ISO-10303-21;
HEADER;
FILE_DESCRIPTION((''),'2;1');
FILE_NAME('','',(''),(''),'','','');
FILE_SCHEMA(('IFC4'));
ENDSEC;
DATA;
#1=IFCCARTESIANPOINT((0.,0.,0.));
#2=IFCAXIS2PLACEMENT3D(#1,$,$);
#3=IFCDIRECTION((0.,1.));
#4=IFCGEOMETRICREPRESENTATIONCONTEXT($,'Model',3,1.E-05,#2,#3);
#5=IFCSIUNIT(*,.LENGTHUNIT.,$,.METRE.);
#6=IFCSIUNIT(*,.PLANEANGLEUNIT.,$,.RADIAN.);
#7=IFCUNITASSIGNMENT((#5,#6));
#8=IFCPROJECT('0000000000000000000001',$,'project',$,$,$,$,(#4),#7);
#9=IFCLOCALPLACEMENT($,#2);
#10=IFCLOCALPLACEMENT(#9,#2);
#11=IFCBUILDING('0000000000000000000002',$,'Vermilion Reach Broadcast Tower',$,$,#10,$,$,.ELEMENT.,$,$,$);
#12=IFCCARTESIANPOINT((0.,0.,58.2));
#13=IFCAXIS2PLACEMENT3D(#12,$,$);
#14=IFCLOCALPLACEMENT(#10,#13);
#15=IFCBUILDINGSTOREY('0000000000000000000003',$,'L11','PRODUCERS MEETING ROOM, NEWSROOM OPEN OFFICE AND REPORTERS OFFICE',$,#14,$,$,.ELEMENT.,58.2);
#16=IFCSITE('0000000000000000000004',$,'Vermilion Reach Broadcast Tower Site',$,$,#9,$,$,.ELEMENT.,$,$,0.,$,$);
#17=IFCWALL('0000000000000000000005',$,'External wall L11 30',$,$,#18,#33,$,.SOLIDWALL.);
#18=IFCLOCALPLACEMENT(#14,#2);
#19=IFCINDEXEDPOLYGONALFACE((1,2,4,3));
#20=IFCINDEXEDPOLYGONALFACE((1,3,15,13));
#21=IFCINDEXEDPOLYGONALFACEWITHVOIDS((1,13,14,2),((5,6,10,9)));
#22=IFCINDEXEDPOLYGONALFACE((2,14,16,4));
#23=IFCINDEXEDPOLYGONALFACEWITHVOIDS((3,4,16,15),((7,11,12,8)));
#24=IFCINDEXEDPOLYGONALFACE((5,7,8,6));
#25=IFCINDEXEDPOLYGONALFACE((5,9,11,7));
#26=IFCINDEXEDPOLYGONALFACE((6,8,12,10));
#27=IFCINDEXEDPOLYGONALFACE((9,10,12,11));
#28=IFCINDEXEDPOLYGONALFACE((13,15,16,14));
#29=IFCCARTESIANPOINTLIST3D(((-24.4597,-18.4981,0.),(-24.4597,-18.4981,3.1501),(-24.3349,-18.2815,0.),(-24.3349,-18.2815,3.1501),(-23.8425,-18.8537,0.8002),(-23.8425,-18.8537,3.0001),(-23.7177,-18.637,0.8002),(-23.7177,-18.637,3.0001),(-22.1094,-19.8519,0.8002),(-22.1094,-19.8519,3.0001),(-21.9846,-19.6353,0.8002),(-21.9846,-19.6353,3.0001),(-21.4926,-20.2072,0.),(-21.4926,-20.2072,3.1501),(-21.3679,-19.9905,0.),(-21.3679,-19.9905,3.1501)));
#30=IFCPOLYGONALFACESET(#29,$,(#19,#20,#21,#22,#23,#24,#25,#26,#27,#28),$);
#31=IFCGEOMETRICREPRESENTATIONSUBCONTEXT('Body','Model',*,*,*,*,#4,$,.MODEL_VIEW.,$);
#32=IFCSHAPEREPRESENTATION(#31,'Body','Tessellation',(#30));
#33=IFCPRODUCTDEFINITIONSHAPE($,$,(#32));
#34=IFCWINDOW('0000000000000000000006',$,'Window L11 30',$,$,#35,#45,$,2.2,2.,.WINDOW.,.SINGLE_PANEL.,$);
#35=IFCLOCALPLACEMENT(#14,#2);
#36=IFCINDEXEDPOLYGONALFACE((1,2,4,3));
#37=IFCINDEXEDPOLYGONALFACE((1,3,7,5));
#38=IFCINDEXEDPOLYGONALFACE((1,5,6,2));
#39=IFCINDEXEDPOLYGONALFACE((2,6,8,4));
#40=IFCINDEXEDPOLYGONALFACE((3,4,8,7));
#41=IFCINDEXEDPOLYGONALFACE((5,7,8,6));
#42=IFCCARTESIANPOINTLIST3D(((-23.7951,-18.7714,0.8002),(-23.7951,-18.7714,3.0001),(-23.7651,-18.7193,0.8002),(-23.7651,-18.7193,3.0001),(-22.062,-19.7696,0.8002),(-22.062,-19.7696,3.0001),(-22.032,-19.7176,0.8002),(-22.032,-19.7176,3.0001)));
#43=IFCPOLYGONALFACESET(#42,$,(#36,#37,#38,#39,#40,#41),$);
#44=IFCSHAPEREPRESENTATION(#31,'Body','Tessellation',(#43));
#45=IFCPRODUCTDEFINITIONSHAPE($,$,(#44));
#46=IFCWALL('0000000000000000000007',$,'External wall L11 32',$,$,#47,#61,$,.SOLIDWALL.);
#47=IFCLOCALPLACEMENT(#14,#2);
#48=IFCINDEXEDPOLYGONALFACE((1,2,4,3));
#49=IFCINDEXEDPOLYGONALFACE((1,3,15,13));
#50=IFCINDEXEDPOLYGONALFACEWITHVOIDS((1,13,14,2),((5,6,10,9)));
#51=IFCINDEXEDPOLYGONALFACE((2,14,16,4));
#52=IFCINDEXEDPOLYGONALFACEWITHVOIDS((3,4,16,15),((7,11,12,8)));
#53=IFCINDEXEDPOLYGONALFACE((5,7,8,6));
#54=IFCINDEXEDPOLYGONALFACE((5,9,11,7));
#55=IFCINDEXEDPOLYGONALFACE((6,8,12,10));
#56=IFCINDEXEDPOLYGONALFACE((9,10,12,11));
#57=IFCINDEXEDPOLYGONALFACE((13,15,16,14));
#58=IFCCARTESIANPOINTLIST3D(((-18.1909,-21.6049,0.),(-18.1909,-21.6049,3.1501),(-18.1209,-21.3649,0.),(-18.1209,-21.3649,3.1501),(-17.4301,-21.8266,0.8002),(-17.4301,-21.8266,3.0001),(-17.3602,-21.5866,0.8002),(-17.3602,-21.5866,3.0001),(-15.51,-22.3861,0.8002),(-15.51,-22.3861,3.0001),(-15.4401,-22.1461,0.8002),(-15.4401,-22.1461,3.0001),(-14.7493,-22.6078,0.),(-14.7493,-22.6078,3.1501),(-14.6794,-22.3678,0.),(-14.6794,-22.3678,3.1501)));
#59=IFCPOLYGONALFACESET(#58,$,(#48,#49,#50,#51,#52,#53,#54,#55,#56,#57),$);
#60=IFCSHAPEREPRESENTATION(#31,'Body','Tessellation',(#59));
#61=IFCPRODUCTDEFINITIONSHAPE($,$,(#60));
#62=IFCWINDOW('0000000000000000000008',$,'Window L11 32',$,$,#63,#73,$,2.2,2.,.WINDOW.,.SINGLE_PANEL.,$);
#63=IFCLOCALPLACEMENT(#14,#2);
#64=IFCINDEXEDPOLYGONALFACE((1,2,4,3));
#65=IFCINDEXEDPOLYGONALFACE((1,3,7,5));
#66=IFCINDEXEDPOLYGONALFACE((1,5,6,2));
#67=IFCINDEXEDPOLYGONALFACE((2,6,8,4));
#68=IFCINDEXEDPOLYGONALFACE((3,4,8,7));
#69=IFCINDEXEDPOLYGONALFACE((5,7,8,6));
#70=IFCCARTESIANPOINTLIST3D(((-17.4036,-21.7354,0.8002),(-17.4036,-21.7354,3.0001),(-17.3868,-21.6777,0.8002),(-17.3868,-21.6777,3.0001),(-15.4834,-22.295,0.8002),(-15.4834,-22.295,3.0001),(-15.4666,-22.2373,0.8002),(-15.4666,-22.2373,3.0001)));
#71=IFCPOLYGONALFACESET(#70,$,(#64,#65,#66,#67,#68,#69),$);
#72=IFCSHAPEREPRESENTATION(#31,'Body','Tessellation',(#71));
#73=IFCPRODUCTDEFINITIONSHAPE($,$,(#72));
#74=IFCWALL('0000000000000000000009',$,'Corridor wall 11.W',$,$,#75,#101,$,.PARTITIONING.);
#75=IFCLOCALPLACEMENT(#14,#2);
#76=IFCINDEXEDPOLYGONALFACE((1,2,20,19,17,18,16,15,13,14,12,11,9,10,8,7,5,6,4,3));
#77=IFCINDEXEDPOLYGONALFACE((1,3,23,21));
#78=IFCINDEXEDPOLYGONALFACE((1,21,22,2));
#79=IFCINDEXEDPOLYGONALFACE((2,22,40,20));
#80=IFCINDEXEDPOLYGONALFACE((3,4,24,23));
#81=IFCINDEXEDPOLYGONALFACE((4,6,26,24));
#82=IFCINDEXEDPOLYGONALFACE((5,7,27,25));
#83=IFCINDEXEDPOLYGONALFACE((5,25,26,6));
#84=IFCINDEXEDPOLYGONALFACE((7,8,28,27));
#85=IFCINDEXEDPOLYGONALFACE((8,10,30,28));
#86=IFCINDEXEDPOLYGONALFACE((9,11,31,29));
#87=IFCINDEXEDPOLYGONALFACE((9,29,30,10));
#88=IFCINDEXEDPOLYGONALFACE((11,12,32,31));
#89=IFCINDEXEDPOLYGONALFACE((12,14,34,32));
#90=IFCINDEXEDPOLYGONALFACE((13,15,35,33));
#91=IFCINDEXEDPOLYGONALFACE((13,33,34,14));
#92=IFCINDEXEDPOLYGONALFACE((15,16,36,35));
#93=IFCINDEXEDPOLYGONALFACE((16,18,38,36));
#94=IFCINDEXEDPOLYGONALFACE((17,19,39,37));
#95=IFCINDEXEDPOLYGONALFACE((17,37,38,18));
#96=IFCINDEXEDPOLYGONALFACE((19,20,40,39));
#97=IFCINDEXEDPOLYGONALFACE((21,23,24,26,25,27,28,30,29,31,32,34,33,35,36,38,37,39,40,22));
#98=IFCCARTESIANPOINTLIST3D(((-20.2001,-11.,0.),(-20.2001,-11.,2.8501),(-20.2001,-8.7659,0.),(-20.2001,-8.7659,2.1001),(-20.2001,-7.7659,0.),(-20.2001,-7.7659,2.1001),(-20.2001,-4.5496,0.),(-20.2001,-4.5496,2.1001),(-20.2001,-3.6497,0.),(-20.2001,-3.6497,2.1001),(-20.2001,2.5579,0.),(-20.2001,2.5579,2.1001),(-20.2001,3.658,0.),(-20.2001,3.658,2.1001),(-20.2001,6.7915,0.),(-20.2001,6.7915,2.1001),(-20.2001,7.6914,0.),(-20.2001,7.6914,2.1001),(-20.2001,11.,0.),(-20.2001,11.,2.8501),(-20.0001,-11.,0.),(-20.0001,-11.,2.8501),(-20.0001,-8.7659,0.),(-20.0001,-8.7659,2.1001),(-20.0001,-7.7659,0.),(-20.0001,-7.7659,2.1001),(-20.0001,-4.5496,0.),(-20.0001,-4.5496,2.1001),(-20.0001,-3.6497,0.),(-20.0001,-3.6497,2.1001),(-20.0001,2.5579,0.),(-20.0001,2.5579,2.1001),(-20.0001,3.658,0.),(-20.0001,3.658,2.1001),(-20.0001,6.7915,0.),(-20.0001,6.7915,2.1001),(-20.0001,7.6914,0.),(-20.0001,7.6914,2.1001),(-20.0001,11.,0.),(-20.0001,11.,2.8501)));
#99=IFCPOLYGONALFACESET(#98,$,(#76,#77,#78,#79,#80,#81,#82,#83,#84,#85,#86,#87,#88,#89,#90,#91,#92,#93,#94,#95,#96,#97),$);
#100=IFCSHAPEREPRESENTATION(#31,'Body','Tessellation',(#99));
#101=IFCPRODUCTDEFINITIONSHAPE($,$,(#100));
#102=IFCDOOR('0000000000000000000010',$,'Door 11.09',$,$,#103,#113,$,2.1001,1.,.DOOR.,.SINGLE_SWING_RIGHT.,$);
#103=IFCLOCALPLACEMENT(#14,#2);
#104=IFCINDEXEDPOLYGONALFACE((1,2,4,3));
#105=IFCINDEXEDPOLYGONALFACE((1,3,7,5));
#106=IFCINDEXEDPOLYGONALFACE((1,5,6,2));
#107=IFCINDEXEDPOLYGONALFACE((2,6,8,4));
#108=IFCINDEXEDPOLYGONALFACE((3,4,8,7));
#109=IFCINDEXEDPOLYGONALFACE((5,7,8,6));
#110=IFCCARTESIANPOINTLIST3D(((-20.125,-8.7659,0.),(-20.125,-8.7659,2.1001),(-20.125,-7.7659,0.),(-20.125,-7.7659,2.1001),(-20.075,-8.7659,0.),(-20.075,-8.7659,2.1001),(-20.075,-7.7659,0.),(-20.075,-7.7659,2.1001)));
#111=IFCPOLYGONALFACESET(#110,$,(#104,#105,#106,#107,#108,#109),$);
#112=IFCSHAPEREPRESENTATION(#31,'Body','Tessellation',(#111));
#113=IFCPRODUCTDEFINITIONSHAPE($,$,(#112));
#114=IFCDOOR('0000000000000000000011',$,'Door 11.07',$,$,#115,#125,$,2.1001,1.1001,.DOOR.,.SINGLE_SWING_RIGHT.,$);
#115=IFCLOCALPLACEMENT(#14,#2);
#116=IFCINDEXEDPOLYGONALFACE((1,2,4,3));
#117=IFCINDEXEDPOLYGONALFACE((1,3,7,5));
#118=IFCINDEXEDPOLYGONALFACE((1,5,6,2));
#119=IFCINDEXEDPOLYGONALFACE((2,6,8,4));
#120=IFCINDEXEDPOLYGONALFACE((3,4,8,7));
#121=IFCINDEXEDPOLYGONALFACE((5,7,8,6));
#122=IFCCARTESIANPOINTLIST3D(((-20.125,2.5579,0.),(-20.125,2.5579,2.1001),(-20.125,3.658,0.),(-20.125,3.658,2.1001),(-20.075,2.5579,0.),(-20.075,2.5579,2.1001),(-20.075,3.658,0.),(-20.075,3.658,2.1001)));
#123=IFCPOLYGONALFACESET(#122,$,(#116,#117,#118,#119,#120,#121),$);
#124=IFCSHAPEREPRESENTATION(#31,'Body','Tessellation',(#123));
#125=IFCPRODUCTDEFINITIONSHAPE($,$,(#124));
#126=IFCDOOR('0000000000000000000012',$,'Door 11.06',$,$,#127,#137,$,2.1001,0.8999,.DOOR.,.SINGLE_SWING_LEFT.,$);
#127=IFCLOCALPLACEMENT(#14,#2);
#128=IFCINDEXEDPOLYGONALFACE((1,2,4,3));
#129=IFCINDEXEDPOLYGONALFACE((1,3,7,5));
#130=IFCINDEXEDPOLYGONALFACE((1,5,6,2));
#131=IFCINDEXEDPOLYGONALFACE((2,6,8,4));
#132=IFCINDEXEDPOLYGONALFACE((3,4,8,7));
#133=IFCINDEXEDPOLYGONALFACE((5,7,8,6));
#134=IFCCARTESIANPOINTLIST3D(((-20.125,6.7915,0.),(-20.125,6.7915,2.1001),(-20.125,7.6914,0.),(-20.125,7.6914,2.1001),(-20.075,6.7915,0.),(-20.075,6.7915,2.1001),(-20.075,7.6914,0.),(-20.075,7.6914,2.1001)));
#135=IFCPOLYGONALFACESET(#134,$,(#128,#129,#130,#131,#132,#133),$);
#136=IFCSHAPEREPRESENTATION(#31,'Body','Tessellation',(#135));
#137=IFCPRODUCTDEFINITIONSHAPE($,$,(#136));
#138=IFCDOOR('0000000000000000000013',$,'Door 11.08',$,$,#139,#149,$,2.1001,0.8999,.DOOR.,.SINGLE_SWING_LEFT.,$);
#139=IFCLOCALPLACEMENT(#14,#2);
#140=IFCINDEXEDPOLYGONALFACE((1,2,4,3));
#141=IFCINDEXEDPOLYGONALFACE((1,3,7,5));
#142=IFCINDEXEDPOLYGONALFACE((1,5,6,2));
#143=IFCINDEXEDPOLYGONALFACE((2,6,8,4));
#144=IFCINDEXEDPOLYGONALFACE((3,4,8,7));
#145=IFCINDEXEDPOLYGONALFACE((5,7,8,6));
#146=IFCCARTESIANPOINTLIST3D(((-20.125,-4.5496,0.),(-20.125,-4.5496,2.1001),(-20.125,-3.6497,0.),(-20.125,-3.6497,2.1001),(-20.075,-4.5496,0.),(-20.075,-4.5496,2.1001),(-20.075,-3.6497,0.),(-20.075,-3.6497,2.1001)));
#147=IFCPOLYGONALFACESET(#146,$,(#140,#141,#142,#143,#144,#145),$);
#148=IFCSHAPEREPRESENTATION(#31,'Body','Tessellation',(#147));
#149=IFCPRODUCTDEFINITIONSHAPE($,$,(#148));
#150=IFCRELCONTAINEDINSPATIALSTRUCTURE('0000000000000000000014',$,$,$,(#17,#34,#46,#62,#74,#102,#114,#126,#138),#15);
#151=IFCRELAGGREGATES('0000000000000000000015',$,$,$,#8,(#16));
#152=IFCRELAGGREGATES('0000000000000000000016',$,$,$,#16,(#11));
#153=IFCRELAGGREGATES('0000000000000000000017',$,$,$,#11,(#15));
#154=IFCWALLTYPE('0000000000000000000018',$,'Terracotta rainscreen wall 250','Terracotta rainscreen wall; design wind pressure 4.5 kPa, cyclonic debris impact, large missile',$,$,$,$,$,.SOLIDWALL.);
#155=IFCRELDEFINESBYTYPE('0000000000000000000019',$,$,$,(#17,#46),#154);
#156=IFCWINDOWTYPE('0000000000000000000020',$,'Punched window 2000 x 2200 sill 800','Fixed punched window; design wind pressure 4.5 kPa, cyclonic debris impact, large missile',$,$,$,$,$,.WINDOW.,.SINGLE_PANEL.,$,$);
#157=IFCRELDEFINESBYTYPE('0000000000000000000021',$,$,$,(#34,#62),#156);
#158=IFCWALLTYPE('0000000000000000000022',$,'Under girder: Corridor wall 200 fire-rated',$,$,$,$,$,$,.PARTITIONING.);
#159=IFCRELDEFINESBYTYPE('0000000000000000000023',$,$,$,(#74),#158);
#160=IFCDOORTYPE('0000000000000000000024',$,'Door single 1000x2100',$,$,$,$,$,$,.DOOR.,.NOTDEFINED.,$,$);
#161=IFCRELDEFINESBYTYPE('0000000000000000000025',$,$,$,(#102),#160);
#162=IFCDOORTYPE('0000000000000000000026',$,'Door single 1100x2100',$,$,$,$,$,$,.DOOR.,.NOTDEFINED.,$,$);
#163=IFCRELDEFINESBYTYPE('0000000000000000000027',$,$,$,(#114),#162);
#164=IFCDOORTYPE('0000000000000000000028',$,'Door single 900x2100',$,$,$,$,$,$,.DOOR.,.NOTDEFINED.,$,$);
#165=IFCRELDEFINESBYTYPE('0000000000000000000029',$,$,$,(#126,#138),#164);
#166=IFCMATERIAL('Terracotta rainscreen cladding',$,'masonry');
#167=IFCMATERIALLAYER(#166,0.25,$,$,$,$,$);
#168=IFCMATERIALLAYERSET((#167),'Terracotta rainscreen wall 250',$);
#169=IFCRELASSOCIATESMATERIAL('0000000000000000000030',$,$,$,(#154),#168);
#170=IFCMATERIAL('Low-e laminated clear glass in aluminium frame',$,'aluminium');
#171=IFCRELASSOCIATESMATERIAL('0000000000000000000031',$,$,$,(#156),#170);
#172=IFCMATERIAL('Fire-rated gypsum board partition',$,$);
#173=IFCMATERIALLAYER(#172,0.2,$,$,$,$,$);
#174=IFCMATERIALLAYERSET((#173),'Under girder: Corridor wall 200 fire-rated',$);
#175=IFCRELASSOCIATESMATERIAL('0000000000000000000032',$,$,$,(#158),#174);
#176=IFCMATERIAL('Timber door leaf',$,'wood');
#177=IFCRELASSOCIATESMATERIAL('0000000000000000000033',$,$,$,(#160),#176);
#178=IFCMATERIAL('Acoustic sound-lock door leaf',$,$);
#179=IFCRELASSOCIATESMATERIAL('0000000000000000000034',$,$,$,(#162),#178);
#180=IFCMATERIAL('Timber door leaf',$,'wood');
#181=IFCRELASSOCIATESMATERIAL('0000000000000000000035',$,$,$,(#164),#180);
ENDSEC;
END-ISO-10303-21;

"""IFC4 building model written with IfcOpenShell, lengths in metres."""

from ifc_helpers import new_model, si_unit, direction, frame, frame_2d, origin, place, context, subcontext, project, spatial, rectangle, extrude, material, layer, layer_set, type_object, element, fill, save


model = new_model("IFC4")

# Units and contexts
model_context = context("Model", 3, precision=1e-05, world=origin(), true_north=direction((0.0, 1.0)))
body_context = subcontext(model_context, "Body", "Model", "MODEL_VIEW")
ifc_project = project(units=[si_unit("LENGTHUNIT", "METRE"), si_unit("PLANEANGLEUNIT", "RADIAN")], contexts=[model_context])

# Site, building, storey
site_placement = place(None, origin())
site = spatial("IfcSite", under=ifc_project, at=site_placement, Name="Vermilion Reach Broadcast Tower Site", CompositionType="ELEMENT", RefElevation=0.0)
building_placement = place(site_placement, origin())
building = spatial("IfcBuilding", under=site, at=building_placement, Name="Vermilion Reach Broadcast Tower", CompositionType="ELEMENT")
storey_placement = place(building_placement, frame((0.0, 0.0, 58.2)))
storey = spatial("IfcBuildingStorey", under=building, at=storey_placement, Name="L11", Description="PRODUCERS MEETING ROOM, NEWSROOM OPEN OFFICE AND REPORTERS OFFICE", CompositionType="ELEMENT", Elevation=58.2)

# Shared definitions
ifc_material_1 = material(Name="Terracotta rainscreen cladding", Category="masonry")
ifc_layer_1 = layer(ifc_material_1, 0.25)
ifc_layer_set_1 = layer_set([ifc_layer_1], Name="Terracotta rainscreen wall 250")
wall_type_1 = type_object("IfcWallType", Name="Terracotta rainscreen wall 250", Description="Terracotta rainscreen wall; design wind pressure 4.5 kPa, cyclonic debris impact, large missile", PredefinedType="SOLIDWALL", material=ifc_layer_set_1)

# Wall, opening, window
ifc_material_2 = material(Name="Low-e laminated clear glass in aluminium frame", Category="aluminium")
window_type = type_object("IfcWindowType", Name="Punched window 2000 x 2200 sill 800", Description="Fixed punched window; design wind pressure 4.5 kPa, cyclonic debris impact, large missile", PartitioningType="SINGLE_PANEL", PredefinedType="WINDOW", material=ifc_material_2)
wall_1_placement = place(storey_placement, frame((-24.3972, -18.3899, 0.0), z_axis=(0.0, 0.0, 1.0), x_axis=(0.866536, -0.499115, 0.0)))
wall_1 = element("IfcWall", 1, at=wall_1_placement, inside=storey, type_object=wall_type_1, Name="External wall L11 30", PredefinedType="SOLIDWALL", context=body_context, shape_type="SweptSolid", body=[
    extrude(rectangle(XDim=3.4241, YDim=0.25, at=frame_2d((1.7119, 0.0))), origin(), (0.0, 0.0, 1.0), 3.1501),
])
opening_1_placement = place(wall_1_placement, frame((0.7122, 0.0, 0.8)))
opening_1 = element("IfcOpeningElement", 2, at=opening_1_placement, cuts=wall_1, PredefinedType="OPENING", context=body_context, shape_type="SweptSolid", body=[
    extrude(rectangle(XDim=2.0, YDim=2.2, at=frame_2d((1.0, 1.1001))), frame((0.0, 0.135, 0.0), z_axis=(0.0, -1.0, 0.0), x_axis=(1.0, 0.0, 0.0)), (0.0, 0.0, 1.0), 0.27),
])
window_1_placement = place(opening_1_placement, origin())
window_1 = element("IfcWindow", 3, at=window_1_placement, inside=storey, type_object=window_type, Name="Window L11 30", OverallHeight=2.2, OverallWidth=2.0, PartitioningType="SINGLE_PANEL", PredefinedType="WINDOW", context=body_context, shape_type="SweptSolid", body=[
    extrude(rectangle(XDim=2.0, YDim=2.2, at=frame_2d((1.0, 1.1001))), frame((0.0, 0.03, 0.0), z_axis=(0.0, -1.0, 0.0), x_axis=(1.0, 0.0, 0.0)), (0.0, 0.0, 1.0), 0.0601),
])
fill(opening_1, window_1)

# Wall, opening, window
wall_2_placement = place(storey_placement, frame((-18.156, -21.4849, 0.0), z_axis=(0.0, 0.0, 1.0), x_axis=(0.960066, -0.279772, 0.0)))
wall_2 = element("IfcWall", 4, at=wall_2_placement, inside=storey, type_object=wall_type_1, Name="External wall L11 32", PredefinedType="SOLIDWALL", context=body_context, shape_type="SweptSolid", body=[
    extrude(rectangle(XDim=3.5847, YDim=0.25, at=frame_2d((1.7925, 0.0))), origin(), (0.0, 0.0, 1.0), 3.1501),
])
opening_2_placement = place(wall_2_placement, frame((0.7925, 0.0, 0.8)))
opening_2 = element("IfcOpeningElement", 5, at=opening_2_placement, cuts=wall_2, PredefinedType="OPENING", context=body_context, shape_type="SweptSolid", body=[
    extrude(rectangle(XDim=2.0, YDim=2.2, at=frame_2d((1.0, 1.1001))), frame((0.0, 0.135, 0.0), z_axis=(0.0, -1.0, 0.0), x_axis=(1.0, 0.0, 0.0)), (0.0, 0.0, 1.0), 0.27),
])
window_2_placement = place(opening_2_placement, origin())
window_2 = element("IfcWindow", 6, at=window_2_placement, inside=storey, type_object=window_type, Name="Window L11 32", OverallHeight=2.2, OverallWidth=2.0, PartitioningType="SINGLE_PANEL", PredefinedType="WINDOW", context=body_context, shape_type="SweptSolid", body=[
    extrude(rectangle(XDim=2.0, YDim=2.2, at=frame_2d((1.0, 1.1001))), frame((0.0, 0.03, 0.0), z_axis=(0.0, -1.0, 0.0), x_axis=(1.0, 0.0, 0.0)), (0.0, 0.0, 1.0), 0.0601),
])
fill(opening_2, window_2)

# Wall, openings, doors
ifc_material_3 = material(Name="Fire-rated gypsum board partition")
ifc_layer_2 = layer(ifc_material_3, 0.2)
ifc_layer_set_2 = layer_set([ifc_layer_2], Name="Under girder: Corridor wall 200 fire-rated")
wall_type_2 = type_object("IfcWallType", Name="Under girder: Corridor wall 200 fire-rated", PredefinedType="PARTITIONING", material=ifc_layer_set_2)
wall_3_placement = place(storey_placement, frame((-20.1001, -11.0, 0.0), z_axis=(0.0, 0.0, 1.0), x_axis=(0.0, 1.0, 0.0)))
wall_3 = element("IfcWall", 7, at=wall_3_placement, inside=storey, type_object=wall_type_2, Name="Corridor wall 11.W", PredefinedType="PARTITIONING", context=body_context, shape_type="SweptSolid", body=[
    extrude(rectangle(XDim=22.0, YDim=0.2, at=frame_2d((11.0, 0.0))), origin(), (0.0, 0.0, 1.0), 2.8501),
])
opening_3_placement = place(wall_3_placement, frame((17.7915, 0.0, 0.0)))
opening_3 = element("IfcOpeningElement", 8, at=opening_3_placement, cuts=wall_3, PredefinedType="OPENING", context=body_context, shape_type="SweptSolid", body=[
    extrude(rectangle(XDim=0.8999, YDim=2.1001, at=frame_2d((0.45, 1.05))), frame((0.0, 0.1099, 0.0), z_axis=(0.0, -1.0, 0.0), x_axis=(1.0, 0.0, 0.0)), (0.0, 0.0, 1.0), 0.22),
])
opening_4_placement = place(wall_3_placement, frame((13.5579, 0.0, 0.0)))
opening_4 = element("IfcOpeningElement", 9, at=opening_4_placement, cuts=wall_3, PredefinedType="OPENING", context=body_context, shape_type="SweptSolid", body=[
    extrude(rectangle(XDim=1.1001, YDim=2.1001, at=frame_2d((0.55, 1.05))), frame((0.0, 0.1099, 0.0), z_axis=(0.0, -1.0, 0.0), x_axis=(1.0, 0.0, 0.0)), (0.0, 0.0, 1.0), 0.22),
])
opening_5_placement = place(wall_3_placement, frame((6.4504, 0.0, 0.0)))
opening_5 = element("IfcOpeningElement", 10, at=opening_5_placement, cuts=wall_3, PredefinedType="OPENING", context=body_context, shape_type="SweptSolid", body=[
    extrude(rectangle(XDim=0.8999, YDim=2.1001, at=frame_2d((0.45, 1.05))), frame((0.0, 0.1099, 0.0), z_axis=(0.0, -1.0, 0.0), x_axis=(1.0, 0.0, 0.0)), (0.0, 0.0, 1.0), 0.22),
])
opening_6_placement = place(wall_3_placement, frame((2.2341, 0.0, 0.0)))
opening_6 = element("IfcOpeningElement", 11, at=opening_6_placement, cuts=wall_3, PredefinedType="OPENING", context=body_context, shape_type="SweptSolid", body=[
    extrude(rectangle(XDim=1.0, YDim=2.1001, at=frame_2d((0.5, 1.05))), frame((0.0, 0.1099, 0.0), z_axis=(0.0, -1.0, 0.0), x_axis=(1.0, 0.0, 0.0)), (0.0, 0.0, 1.0), 0.22),
])
ifc_material_4 = material(Name="Timber door leaf", Category="wood")
door_type_1 = type_object("IfcDoorType", Name="Door single 1000x2100", OperationType="NOTDEFINED", PredefinedType="DOOR", material=ifc_material_4)
door_1_placement = place(opening_6_placement, origin())
door_1 = element("IfcDoor", 12, at=door_1_placement, inside=storey, type_object=door_type_1, Name="Door 11.09", OperationType="SINGLE_SWING_RIGHT", OverallHeight=2.1001, OverallWidth=1.0, PredefinedType="DOOR", context=body_context, shape_type="SweptSolid", body=[
    extrude(rectangle(XDim=1.0, YDim=2.1001, at=frame_2d((0.5, 1.05))), frame((0.0, 0.0249, 0.0), z_axis=(0.0, -1.0, 0.0), x_axis=(1.0, 0.0, 0.0)), (0.0, 0.0, 1.0), 0.05),
])
fill(opening_6, door_1)
ifc_material_5 = material(Name="Acoustic sound-lock door leaf")
door_type_2 = type_object("IfcDoorType", Name="Door single 1100x2100", OperationType="NOTDEFINED", PredefinedType="DOOR", material=ifc_material_5)
door_2_placement = place(opening_4_placement, origin())
door_2 = element("IfcDoor", 13, at=door_2_placement, inside=storey, type_object=door_type_2, Name="Door 11.07", OperationType="SINGLE_SWING_RIGHT", OverallHeight=2.1001, OverallWidth=1.1001, PredefinedType="DOOR", context=body_context, shape_type="SweptSolid", body=[
    extrude(rectangle(XDim=1.1001, YDim=2.1001, at=frame_2d((0.55, 1.05))), frame((0.0, 0.0249, 0.0), z_axis=(0.0, -1.0, 0.0), x_axis=(1.0, 0.0, 0.0)), (0.0, 0.0, 1.0), 0.05),
])
fill(opening_4, door_2)
ifc_material_6 = material(Name="Timber door leaf", Category="wood")
door_type_3 = type_object("IfcDoorType", Name="Door single 900x2100", OperationType="NOTDEFINED", PredefinedType="DOOR", material=ifc_material_6)
door_3_placement = place(opening_3_placement, origin())
door_3 = element("IfcDoor", 14, at=door_3_placement, inside=storey, type_object=door_type_3, Name="Door 11.06", OperationType="SINGLE_SWING_LEFT", OverallHeight=2.1001, OverallWidth=0.8999, PredefinedType="DOOR", context=body_context, shape_type="SweptSolid", body=[
    extrude(rectangle(XDim=0.8999, YDim=2.1001, at=frame_2d((0.45, 1.05))), frame((0.0, 0.0249, 0.0), z_axis=(0.0, -1.0, 0.0), x_axis=(1.0, 0.0, 0.0)), (0.0, 0.0, 1.0), 0.05),
])
fill(opening_3, door_3)
door_4_placement = place(opening_5_placement, origin())
door_4 = element("IfcDoor", 15, at=door_4_placement, inside=storey, type_object=door_type_3, Name="Door 11.08", OperationType="SINGLE_SWING_LEFT", OverallHeight=2.1001, OverallWidth=0.8999, PredefinedType="DOOR", context=body_context, shape_type="SweptSolid", body=[
    extrude(rectangle(XDim=0.8999, YDim=2.1001, at=frame_2d((0.45, 1.05))), frame((0.0, 0.0249, 0.0), z_axis=(0.0, -1.0, 0.0), x_axis=(1.0, 0.0, 0.0)), (0.0, 0.0, 1.0), 0.05),
])
fill(opening_5, door_4)

save(model, "model.ifc")
